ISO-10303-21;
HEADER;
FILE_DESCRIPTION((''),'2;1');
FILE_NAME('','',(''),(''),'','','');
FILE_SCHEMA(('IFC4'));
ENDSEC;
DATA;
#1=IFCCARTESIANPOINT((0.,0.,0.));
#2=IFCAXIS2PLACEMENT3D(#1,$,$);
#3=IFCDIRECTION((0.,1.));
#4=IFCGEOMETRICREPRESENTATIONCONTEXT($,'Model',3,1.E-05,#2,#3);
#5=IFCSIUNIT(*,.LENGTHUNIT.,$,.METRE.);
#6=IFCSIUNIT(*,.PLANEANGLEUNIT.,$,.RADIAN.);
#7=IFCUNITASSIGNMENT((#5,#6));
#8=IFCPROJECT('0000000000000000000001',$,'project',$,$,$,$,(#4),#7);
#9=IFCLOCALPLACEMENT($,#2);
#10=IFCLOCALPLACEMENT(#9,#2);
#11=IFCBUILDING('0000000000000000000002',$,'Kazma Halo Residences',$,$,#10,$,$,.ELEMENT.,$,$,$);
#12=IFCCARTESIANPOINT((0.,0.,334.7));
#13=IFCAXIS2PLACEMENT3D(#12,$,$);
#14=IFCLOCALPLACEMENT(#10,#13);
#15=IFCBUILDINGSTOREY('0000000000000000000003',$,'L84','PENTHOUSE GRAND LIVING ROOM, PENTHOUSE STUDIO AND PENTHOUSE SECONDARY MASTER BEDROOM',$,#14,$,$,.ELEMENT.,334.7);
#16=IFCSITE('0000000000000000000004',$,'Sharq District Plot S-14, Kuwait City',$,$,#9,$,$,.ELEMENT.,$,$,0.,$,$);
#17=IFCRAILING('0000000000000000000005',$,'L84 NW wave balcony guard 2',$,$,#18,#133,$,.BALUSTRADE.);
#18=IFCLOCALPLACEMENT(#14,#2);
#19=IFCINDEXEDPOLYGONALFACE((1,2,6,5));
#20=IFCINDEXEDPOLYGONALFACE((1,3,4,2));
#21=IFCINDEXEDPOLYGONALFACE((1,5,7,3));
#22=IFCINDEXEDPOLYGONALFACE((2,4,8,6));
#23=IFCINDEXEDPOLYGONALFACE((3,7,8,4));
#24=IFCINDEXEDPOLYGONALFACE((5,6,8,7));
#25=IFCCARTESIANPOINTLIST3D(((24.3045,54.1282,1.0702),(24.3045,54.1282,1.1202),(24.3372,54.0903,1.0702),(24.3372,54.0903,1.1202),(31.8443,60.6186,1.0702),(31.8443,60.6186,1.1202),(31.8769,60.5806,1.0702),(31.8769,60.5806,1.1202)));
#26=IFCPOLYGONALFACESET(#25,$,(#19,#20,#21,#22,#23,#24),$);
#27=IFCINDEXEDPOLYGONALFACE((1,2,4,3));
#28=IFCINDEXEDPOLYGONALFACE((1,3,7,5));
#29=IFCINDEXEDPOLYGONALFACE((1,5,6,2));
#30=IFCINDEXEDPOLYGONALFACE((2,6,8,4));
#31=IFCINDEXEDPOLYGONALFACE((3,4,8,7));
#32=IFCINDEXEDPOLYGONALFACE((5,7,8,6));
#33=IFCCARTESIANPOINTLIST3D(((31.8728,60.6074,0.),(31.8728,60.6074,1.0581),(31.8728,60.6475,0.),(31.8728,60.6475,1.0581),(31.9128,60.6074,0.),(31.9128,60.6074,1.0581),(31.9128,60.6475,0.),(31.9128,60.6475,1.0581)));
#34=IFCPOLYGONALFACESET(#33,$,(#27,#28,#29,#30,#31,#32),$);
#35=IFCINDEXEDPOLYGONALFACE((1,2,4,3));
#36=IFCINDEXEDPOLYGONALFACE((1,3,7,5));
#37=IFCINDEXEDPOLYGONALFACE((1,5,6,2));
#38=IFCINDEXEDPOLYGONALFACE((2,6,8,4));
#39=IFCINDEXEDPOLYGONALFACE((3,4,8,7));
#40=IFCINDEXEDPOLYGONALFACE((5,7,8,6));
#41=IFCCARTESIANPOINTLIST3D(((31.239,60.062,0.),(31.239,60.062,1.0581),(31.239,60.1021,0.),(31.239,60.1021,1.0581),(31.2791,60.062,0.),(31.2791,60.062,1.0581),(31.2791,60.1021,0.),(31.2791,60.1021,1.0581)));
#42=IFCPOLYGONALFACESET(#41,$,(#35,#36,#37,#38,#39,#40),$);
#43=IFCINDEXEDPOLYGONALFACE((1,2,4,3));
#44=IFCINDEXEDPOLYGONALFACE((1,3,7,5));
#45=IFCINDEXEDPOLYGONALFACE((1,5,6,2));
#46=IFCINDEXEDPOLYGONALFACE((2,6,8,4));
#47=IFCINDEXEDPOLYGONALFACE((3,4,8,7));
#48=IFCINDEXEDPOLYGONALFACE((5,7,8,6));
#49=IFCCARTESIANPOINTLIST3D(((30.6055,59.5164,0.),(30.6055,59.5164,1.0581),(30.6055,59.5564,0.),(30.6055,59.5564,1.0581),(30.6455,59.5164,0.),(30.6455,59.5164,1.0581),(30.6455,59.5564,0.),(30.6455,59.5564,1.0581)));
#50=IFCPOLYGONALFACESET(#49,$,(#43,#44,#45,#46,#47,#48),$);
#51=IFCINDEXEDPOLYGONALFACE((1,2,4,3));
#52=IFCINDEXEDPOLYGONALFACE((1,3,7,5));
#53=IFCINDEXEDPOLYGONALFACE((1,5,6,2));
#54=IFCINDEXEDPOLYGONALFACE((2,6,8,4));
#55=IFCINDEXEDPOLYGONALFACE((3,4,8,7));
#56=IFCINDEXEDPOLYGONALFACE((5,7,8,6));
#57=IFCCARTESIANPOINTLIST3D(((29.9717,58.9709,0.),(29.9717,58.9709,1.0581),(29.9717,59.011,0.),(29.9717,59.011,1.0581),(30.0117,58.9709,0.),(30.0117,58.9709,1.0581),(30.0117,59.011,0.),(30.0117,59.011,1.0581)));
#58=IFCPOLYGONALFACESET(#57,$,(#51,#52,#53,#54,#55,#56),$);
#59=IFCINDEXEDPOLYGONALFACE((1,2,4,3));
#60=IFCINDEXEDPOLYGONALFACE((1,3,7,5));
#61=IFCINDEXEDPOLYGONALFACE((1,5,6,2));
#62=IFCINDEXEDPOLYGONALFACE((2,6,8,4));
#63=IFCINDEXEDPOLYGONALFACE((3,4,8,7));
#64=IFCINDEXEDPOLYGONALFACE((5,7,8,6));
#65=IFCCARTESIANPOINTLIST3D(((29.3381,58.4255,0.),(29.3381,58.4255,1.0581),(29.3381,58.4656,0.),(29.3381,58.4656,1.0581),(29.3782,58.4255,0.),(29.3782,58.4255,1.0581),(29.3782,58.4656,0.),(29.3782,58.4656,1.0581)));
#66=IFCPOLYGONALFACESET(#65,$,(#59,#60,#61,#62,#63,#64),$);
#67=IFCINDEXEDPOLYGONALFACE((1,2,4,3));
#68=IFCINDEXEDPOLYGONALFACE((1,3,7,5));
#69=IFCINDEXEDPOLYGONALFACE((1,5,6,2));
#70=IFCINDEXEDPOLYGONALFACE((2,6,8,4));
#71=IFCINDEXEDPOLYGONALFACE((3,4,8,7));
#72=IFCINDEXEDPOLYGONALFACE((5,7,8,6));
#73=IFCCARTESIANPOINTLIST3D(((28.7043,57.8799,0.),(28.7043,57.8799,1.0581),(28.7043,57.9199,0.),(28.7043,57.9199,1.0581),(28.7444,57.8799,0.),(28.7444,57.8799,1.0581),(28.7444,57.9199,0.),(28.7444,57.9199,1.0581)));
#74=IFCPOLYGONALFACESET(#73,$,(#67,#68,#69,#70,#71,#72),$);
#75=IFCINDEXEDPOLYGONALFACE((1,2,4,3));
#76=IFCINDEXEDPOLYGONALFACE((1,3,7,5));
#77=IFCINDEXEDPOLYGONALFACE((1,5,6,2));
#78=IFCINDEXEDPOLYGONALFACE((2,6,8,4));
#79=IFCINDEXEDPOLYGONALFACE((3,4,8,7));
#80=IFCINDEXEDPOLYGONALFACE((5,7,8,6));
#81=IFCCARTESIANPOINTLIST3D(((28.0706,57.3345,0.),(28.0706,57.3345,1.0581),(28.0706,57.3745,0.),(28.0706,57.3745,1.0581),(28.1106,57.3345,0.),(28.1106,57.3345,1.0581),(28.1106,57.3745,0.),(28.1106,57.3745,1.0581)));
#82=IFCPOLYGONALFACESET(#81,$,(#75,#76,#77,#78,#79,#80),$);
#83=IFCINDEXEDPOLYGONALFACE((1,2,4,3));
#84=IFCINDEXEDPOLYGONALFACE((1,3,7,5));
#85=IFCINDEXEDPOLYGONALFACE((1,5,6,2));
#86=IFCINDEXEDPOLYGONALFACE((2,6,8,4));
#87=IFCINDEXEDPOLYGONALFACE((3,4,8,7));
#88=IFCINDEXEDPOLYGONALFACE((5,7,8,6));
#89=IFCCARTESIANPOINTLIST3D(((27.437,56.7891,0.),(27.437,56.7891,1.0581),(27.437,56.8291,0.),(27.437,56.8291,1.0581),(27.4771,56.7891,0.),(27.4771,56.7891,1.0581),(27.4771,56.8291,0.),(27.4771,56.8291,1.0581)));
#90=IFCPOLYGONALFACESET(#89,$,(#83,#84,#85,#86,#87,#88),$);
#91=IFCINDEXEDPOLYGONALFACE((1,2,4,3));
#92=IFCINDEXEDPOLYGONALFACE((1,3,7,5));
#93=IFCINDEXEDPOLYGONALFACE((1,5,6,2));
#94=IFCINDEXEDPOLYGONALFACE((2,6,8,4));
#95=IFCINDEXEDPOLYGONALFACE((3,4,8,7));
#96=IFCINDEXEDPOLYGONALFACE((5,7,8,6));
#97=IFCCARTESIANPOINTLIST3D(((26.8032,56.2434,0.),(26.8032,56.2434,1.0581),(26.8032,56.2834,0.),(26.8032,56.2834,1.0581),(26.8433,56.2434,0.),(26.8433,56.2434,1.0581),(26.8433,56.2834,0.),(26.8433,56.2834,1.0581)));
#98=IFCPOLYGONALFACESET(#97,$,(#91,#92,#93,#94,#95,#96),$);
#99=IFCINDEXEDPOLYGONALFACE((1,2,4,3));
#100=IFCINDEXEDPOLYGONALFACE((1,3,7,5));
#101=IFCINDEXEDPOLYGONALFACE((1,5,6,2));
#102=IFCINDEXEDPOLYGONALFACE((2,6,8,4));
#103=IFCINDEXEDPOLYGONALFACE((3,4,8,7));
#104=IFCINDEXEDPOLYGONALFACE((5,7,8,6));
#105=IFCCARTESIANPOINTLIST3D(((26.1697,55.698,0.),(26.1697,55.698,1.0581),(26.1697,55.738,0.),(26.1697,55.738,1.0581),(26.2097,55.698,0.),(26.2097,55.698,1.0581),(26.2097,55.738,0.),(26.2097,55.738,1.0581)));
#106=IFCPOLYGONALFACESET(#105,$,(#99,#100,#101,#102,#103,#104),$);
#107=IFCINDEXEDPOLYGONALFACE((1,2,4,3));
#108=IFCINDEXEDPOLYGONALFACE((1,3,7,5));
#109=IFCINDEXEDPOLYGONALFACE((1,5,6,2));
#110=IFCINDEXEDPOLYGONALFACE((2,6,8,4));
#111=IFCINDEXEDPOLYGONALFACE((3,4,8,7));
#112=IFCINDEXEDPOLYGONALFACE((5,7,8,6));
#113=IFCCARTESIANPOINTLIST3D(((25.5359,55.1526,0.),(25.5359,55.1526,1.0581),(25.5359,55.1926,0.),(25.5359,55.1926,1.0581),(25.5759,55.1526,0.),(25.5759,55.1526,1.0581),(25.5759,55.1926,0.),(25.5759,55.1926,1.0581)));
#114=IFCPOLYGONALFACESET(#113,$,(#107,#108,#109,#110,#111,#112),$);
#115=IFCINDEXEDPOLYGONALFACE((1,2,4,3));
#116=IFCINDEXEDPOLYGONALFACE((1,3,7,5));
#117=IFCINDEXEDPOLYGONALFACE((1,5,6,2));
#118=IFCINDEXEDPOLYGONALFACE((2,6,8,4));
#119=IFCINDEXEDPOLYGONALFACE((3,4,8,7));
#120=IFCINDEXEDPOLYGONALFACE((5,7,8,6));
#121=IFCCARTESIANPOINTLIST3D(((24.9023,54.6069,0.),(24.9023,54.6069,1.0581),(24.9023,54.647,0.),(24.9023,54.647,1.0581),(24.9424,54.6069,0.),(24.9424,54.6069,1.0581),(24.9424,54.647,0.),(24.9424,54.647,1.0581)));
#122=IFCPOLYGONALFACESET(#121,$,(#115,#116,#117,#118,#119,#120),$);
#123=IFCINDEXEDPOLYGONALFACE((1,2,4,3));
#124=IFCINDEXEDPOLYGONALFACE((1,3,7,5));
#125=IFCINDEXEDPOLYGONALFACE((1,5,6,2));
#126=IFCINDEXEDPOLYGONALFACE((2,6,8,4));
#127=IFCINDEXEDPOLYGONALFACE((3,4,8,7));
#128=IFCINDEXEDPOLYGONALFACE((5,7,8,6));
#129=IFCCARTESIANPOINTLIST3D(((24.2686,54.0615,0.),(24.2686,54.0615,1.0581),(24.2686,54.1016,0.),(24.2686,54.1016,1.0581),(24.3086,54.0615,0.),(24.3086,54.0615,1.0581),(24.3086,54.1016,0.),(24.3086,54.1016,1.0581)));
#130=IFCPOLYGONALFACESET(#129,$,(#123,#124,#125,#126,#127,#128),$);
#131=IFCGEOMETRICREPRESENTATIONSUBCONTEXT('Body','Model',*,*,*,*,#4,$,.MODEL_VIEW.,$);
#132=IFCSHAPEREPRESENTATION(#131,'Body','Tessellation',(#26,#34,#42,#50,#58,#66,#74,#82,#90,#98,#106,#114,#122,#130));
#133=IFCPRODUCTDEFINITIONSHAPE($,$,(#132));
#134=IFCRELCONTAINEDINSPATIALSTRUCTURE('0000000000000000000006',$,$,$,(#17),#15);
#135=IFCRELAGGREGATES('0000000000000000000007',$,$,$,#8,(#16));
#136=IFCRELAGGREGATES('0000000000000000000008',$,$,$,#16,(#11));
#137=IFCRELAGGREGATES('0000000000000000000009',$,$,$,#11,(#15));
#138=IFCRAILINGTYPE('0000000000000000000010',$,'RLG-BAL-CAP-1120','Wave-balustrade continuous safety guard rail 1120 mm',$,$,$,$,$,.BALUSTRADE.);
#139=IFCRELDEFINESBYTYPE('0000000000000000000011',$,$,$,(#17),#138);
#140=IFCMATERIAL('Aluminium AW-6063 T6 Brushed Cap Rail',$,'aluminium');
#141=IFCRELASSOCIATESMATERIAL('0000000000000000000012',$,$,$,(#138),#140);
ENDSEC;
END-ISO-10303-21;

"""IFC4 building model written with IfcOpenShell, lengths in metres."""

from ifc_helpers import new_model, si_unit, direction, frame, origin, origin_2d, place, context, subcontext, project, spatial, rectangle, extrude, material, type_object, element, save


model = new_model("IFC4")

# Units and contexts
model_context = context("Model", 3, precision=1e-05, world=origin(), true_north=direction((0.0, 1.0)))
body_context = subcontext(model_context, "Body", "Model", "MODEL_VIEW")
ifc_project = project(units=[si_unit("LENGTHUNIT", "METRE"), si_unit("PLANEANGLEUNIT", "RADIAN")], contexts=[model_context])

# Site, building, storey
site_placement = place(None, origin())
site = spatial("IfcSite", under=ifc_project, at=site_placement, Name="Sharq District Plot S-14, Kuwait City", CompositionType="ELEMENT", RefElevation=0.0)
building_placement = place(site_placement, origin())
building = spatial("IfcBuilding", under=site, at=building_placement, Name="Kazma Halo Residences", CompositionType="ELEMENT")
storey_placement = place(building_placement, frame((0.0, 0.0, 334.7)))
storey = spatial("IfcBuildingStorey", under=building, at=storey_placement, Name="L84", Description="PENTHOUSE GRAND LIVING ROOM, PENTHOUSE STUDIO AND PENTHOUSE SECONDARY MASTER BEDROOM", CompositionType="ELEMENT", Elevation=334.7)

# Railing
ifc_material_1 = material(Name="Aluminium AW-6063 T6 Brushed Cap Rail", Category="aluminium")
railing_type = type_object("IfcRailingType", Name="RLG-BAL-CAP-1120", Description="Wave-balustrade continuous safety guard rail 1120 mm", PredefinedType="BALUSTRADE", material=ifc_material_1)
railing_1_placement = place(storey_placement, frame((31.8928, 60.6274, 0.0)))
element("IfcRailing", 1, at=railing_1_placement, inside=storey, type_object=railing_type, Name="L84 NW wave balcony guard 2", PredefinedType="BALUSTRADE", context=body_context, shape_type="SweptSolid", body=[
    extrude(rectangle(XDim=0.05, YDim=0.05, at=origin_2d()), frame((-0.0322, -0.0278, 1.0952), z_axis=(-0.757877, -0.652397, 0.0), x_axis=(0.652397, -0.757877, 0.0)), (0.0, 0.0, 1.0), 9.9485),
    extrude(rectangle(XDim=0.04, YDim=0.04, at=origin_2d()), origin(), (0.0, 0.0, 1.0), 1.0581),
    extrude(rectangle(XDim=0.04, YDim=0.04, at=origin_2d()), frame((-0.6338, -0.5454, 0.0)), (0.0, 0.0, 1.0), 1.0581),
    extrude(rectangle(XDim=0.04, YDim=0.04, at=origin_2d()), frame((-1.2673, -1.0911, 0.0)), (0.0, 0.0, 1.0), 1.0581),
    extrude(rectangle(XDim=0.04, YDim=0.04, at=origin_2d()), frame((-1.9011, -1.6365, 0.0)), (0.0, 0.0, 1.0), 1.0581),
    extrude(rectangle(XDim=0.04, YDim=0.04, at=origin_2d()), frame((-2.5347, -2.1819, 0.0)), (0.0, 0.0, 1.0), 1.0581),
    extrude(rectangle(XDim=0.04, YDim=0.04, at=origin_2d()), frame((-3.1685, -2.7275, 0.0)), (0.0, 0.0, 1.0), 1.0581),
    extrude(rectangle(XDim=0.04, YDim=0.04, at=origin_2d()), frame((-3.8022, -3.2729, 0.0)), (0.0, 0.0, 1.0), 1.0581),
    extrude(rectangle(XDim=0.04, YDim=0.04, at=origin_2d()), frame((-4.4358, -3.8184, 0.0)), (0.0, 0.0, 1.0), 1.0581),
    extrude(rectangle(XDim=0.04, YDim=0.04, at=origin_2d()), frame((-5.0696, -4.364, 0.0)), (0.0, 0.0, 1.0), 1.0581),
    extrude(rectangle(XDim=0.04, YDim=0.04, at=origin_2d()), frame((-5.7031, -4.9094, 0.0)), (0.0, 0.0, 1.0), 1.0581),
    extrude(rectangle(XDim=0.04, YDim=0.04, at=origin_2d()), frame((-6.3369, -5.4548, 0.0)), (0.0, 0.0, 1.0), 1.0581),
    extrude(rectangle(XDim=0.04, YDim=0.04, at=origin_2d()), frame((-6.9705, -6.0005, 0.0)), (0.0, 0.0, 1.0), 1.0581),
    extrude(rectangle(XDim=0.04, YDim=0.04, at=origin_2d()), frame((-7.6042, -6.5459, 0.0)), (0.0, 0.0, 1.0), 1.0581),
])

save(model, "model.ifc")
